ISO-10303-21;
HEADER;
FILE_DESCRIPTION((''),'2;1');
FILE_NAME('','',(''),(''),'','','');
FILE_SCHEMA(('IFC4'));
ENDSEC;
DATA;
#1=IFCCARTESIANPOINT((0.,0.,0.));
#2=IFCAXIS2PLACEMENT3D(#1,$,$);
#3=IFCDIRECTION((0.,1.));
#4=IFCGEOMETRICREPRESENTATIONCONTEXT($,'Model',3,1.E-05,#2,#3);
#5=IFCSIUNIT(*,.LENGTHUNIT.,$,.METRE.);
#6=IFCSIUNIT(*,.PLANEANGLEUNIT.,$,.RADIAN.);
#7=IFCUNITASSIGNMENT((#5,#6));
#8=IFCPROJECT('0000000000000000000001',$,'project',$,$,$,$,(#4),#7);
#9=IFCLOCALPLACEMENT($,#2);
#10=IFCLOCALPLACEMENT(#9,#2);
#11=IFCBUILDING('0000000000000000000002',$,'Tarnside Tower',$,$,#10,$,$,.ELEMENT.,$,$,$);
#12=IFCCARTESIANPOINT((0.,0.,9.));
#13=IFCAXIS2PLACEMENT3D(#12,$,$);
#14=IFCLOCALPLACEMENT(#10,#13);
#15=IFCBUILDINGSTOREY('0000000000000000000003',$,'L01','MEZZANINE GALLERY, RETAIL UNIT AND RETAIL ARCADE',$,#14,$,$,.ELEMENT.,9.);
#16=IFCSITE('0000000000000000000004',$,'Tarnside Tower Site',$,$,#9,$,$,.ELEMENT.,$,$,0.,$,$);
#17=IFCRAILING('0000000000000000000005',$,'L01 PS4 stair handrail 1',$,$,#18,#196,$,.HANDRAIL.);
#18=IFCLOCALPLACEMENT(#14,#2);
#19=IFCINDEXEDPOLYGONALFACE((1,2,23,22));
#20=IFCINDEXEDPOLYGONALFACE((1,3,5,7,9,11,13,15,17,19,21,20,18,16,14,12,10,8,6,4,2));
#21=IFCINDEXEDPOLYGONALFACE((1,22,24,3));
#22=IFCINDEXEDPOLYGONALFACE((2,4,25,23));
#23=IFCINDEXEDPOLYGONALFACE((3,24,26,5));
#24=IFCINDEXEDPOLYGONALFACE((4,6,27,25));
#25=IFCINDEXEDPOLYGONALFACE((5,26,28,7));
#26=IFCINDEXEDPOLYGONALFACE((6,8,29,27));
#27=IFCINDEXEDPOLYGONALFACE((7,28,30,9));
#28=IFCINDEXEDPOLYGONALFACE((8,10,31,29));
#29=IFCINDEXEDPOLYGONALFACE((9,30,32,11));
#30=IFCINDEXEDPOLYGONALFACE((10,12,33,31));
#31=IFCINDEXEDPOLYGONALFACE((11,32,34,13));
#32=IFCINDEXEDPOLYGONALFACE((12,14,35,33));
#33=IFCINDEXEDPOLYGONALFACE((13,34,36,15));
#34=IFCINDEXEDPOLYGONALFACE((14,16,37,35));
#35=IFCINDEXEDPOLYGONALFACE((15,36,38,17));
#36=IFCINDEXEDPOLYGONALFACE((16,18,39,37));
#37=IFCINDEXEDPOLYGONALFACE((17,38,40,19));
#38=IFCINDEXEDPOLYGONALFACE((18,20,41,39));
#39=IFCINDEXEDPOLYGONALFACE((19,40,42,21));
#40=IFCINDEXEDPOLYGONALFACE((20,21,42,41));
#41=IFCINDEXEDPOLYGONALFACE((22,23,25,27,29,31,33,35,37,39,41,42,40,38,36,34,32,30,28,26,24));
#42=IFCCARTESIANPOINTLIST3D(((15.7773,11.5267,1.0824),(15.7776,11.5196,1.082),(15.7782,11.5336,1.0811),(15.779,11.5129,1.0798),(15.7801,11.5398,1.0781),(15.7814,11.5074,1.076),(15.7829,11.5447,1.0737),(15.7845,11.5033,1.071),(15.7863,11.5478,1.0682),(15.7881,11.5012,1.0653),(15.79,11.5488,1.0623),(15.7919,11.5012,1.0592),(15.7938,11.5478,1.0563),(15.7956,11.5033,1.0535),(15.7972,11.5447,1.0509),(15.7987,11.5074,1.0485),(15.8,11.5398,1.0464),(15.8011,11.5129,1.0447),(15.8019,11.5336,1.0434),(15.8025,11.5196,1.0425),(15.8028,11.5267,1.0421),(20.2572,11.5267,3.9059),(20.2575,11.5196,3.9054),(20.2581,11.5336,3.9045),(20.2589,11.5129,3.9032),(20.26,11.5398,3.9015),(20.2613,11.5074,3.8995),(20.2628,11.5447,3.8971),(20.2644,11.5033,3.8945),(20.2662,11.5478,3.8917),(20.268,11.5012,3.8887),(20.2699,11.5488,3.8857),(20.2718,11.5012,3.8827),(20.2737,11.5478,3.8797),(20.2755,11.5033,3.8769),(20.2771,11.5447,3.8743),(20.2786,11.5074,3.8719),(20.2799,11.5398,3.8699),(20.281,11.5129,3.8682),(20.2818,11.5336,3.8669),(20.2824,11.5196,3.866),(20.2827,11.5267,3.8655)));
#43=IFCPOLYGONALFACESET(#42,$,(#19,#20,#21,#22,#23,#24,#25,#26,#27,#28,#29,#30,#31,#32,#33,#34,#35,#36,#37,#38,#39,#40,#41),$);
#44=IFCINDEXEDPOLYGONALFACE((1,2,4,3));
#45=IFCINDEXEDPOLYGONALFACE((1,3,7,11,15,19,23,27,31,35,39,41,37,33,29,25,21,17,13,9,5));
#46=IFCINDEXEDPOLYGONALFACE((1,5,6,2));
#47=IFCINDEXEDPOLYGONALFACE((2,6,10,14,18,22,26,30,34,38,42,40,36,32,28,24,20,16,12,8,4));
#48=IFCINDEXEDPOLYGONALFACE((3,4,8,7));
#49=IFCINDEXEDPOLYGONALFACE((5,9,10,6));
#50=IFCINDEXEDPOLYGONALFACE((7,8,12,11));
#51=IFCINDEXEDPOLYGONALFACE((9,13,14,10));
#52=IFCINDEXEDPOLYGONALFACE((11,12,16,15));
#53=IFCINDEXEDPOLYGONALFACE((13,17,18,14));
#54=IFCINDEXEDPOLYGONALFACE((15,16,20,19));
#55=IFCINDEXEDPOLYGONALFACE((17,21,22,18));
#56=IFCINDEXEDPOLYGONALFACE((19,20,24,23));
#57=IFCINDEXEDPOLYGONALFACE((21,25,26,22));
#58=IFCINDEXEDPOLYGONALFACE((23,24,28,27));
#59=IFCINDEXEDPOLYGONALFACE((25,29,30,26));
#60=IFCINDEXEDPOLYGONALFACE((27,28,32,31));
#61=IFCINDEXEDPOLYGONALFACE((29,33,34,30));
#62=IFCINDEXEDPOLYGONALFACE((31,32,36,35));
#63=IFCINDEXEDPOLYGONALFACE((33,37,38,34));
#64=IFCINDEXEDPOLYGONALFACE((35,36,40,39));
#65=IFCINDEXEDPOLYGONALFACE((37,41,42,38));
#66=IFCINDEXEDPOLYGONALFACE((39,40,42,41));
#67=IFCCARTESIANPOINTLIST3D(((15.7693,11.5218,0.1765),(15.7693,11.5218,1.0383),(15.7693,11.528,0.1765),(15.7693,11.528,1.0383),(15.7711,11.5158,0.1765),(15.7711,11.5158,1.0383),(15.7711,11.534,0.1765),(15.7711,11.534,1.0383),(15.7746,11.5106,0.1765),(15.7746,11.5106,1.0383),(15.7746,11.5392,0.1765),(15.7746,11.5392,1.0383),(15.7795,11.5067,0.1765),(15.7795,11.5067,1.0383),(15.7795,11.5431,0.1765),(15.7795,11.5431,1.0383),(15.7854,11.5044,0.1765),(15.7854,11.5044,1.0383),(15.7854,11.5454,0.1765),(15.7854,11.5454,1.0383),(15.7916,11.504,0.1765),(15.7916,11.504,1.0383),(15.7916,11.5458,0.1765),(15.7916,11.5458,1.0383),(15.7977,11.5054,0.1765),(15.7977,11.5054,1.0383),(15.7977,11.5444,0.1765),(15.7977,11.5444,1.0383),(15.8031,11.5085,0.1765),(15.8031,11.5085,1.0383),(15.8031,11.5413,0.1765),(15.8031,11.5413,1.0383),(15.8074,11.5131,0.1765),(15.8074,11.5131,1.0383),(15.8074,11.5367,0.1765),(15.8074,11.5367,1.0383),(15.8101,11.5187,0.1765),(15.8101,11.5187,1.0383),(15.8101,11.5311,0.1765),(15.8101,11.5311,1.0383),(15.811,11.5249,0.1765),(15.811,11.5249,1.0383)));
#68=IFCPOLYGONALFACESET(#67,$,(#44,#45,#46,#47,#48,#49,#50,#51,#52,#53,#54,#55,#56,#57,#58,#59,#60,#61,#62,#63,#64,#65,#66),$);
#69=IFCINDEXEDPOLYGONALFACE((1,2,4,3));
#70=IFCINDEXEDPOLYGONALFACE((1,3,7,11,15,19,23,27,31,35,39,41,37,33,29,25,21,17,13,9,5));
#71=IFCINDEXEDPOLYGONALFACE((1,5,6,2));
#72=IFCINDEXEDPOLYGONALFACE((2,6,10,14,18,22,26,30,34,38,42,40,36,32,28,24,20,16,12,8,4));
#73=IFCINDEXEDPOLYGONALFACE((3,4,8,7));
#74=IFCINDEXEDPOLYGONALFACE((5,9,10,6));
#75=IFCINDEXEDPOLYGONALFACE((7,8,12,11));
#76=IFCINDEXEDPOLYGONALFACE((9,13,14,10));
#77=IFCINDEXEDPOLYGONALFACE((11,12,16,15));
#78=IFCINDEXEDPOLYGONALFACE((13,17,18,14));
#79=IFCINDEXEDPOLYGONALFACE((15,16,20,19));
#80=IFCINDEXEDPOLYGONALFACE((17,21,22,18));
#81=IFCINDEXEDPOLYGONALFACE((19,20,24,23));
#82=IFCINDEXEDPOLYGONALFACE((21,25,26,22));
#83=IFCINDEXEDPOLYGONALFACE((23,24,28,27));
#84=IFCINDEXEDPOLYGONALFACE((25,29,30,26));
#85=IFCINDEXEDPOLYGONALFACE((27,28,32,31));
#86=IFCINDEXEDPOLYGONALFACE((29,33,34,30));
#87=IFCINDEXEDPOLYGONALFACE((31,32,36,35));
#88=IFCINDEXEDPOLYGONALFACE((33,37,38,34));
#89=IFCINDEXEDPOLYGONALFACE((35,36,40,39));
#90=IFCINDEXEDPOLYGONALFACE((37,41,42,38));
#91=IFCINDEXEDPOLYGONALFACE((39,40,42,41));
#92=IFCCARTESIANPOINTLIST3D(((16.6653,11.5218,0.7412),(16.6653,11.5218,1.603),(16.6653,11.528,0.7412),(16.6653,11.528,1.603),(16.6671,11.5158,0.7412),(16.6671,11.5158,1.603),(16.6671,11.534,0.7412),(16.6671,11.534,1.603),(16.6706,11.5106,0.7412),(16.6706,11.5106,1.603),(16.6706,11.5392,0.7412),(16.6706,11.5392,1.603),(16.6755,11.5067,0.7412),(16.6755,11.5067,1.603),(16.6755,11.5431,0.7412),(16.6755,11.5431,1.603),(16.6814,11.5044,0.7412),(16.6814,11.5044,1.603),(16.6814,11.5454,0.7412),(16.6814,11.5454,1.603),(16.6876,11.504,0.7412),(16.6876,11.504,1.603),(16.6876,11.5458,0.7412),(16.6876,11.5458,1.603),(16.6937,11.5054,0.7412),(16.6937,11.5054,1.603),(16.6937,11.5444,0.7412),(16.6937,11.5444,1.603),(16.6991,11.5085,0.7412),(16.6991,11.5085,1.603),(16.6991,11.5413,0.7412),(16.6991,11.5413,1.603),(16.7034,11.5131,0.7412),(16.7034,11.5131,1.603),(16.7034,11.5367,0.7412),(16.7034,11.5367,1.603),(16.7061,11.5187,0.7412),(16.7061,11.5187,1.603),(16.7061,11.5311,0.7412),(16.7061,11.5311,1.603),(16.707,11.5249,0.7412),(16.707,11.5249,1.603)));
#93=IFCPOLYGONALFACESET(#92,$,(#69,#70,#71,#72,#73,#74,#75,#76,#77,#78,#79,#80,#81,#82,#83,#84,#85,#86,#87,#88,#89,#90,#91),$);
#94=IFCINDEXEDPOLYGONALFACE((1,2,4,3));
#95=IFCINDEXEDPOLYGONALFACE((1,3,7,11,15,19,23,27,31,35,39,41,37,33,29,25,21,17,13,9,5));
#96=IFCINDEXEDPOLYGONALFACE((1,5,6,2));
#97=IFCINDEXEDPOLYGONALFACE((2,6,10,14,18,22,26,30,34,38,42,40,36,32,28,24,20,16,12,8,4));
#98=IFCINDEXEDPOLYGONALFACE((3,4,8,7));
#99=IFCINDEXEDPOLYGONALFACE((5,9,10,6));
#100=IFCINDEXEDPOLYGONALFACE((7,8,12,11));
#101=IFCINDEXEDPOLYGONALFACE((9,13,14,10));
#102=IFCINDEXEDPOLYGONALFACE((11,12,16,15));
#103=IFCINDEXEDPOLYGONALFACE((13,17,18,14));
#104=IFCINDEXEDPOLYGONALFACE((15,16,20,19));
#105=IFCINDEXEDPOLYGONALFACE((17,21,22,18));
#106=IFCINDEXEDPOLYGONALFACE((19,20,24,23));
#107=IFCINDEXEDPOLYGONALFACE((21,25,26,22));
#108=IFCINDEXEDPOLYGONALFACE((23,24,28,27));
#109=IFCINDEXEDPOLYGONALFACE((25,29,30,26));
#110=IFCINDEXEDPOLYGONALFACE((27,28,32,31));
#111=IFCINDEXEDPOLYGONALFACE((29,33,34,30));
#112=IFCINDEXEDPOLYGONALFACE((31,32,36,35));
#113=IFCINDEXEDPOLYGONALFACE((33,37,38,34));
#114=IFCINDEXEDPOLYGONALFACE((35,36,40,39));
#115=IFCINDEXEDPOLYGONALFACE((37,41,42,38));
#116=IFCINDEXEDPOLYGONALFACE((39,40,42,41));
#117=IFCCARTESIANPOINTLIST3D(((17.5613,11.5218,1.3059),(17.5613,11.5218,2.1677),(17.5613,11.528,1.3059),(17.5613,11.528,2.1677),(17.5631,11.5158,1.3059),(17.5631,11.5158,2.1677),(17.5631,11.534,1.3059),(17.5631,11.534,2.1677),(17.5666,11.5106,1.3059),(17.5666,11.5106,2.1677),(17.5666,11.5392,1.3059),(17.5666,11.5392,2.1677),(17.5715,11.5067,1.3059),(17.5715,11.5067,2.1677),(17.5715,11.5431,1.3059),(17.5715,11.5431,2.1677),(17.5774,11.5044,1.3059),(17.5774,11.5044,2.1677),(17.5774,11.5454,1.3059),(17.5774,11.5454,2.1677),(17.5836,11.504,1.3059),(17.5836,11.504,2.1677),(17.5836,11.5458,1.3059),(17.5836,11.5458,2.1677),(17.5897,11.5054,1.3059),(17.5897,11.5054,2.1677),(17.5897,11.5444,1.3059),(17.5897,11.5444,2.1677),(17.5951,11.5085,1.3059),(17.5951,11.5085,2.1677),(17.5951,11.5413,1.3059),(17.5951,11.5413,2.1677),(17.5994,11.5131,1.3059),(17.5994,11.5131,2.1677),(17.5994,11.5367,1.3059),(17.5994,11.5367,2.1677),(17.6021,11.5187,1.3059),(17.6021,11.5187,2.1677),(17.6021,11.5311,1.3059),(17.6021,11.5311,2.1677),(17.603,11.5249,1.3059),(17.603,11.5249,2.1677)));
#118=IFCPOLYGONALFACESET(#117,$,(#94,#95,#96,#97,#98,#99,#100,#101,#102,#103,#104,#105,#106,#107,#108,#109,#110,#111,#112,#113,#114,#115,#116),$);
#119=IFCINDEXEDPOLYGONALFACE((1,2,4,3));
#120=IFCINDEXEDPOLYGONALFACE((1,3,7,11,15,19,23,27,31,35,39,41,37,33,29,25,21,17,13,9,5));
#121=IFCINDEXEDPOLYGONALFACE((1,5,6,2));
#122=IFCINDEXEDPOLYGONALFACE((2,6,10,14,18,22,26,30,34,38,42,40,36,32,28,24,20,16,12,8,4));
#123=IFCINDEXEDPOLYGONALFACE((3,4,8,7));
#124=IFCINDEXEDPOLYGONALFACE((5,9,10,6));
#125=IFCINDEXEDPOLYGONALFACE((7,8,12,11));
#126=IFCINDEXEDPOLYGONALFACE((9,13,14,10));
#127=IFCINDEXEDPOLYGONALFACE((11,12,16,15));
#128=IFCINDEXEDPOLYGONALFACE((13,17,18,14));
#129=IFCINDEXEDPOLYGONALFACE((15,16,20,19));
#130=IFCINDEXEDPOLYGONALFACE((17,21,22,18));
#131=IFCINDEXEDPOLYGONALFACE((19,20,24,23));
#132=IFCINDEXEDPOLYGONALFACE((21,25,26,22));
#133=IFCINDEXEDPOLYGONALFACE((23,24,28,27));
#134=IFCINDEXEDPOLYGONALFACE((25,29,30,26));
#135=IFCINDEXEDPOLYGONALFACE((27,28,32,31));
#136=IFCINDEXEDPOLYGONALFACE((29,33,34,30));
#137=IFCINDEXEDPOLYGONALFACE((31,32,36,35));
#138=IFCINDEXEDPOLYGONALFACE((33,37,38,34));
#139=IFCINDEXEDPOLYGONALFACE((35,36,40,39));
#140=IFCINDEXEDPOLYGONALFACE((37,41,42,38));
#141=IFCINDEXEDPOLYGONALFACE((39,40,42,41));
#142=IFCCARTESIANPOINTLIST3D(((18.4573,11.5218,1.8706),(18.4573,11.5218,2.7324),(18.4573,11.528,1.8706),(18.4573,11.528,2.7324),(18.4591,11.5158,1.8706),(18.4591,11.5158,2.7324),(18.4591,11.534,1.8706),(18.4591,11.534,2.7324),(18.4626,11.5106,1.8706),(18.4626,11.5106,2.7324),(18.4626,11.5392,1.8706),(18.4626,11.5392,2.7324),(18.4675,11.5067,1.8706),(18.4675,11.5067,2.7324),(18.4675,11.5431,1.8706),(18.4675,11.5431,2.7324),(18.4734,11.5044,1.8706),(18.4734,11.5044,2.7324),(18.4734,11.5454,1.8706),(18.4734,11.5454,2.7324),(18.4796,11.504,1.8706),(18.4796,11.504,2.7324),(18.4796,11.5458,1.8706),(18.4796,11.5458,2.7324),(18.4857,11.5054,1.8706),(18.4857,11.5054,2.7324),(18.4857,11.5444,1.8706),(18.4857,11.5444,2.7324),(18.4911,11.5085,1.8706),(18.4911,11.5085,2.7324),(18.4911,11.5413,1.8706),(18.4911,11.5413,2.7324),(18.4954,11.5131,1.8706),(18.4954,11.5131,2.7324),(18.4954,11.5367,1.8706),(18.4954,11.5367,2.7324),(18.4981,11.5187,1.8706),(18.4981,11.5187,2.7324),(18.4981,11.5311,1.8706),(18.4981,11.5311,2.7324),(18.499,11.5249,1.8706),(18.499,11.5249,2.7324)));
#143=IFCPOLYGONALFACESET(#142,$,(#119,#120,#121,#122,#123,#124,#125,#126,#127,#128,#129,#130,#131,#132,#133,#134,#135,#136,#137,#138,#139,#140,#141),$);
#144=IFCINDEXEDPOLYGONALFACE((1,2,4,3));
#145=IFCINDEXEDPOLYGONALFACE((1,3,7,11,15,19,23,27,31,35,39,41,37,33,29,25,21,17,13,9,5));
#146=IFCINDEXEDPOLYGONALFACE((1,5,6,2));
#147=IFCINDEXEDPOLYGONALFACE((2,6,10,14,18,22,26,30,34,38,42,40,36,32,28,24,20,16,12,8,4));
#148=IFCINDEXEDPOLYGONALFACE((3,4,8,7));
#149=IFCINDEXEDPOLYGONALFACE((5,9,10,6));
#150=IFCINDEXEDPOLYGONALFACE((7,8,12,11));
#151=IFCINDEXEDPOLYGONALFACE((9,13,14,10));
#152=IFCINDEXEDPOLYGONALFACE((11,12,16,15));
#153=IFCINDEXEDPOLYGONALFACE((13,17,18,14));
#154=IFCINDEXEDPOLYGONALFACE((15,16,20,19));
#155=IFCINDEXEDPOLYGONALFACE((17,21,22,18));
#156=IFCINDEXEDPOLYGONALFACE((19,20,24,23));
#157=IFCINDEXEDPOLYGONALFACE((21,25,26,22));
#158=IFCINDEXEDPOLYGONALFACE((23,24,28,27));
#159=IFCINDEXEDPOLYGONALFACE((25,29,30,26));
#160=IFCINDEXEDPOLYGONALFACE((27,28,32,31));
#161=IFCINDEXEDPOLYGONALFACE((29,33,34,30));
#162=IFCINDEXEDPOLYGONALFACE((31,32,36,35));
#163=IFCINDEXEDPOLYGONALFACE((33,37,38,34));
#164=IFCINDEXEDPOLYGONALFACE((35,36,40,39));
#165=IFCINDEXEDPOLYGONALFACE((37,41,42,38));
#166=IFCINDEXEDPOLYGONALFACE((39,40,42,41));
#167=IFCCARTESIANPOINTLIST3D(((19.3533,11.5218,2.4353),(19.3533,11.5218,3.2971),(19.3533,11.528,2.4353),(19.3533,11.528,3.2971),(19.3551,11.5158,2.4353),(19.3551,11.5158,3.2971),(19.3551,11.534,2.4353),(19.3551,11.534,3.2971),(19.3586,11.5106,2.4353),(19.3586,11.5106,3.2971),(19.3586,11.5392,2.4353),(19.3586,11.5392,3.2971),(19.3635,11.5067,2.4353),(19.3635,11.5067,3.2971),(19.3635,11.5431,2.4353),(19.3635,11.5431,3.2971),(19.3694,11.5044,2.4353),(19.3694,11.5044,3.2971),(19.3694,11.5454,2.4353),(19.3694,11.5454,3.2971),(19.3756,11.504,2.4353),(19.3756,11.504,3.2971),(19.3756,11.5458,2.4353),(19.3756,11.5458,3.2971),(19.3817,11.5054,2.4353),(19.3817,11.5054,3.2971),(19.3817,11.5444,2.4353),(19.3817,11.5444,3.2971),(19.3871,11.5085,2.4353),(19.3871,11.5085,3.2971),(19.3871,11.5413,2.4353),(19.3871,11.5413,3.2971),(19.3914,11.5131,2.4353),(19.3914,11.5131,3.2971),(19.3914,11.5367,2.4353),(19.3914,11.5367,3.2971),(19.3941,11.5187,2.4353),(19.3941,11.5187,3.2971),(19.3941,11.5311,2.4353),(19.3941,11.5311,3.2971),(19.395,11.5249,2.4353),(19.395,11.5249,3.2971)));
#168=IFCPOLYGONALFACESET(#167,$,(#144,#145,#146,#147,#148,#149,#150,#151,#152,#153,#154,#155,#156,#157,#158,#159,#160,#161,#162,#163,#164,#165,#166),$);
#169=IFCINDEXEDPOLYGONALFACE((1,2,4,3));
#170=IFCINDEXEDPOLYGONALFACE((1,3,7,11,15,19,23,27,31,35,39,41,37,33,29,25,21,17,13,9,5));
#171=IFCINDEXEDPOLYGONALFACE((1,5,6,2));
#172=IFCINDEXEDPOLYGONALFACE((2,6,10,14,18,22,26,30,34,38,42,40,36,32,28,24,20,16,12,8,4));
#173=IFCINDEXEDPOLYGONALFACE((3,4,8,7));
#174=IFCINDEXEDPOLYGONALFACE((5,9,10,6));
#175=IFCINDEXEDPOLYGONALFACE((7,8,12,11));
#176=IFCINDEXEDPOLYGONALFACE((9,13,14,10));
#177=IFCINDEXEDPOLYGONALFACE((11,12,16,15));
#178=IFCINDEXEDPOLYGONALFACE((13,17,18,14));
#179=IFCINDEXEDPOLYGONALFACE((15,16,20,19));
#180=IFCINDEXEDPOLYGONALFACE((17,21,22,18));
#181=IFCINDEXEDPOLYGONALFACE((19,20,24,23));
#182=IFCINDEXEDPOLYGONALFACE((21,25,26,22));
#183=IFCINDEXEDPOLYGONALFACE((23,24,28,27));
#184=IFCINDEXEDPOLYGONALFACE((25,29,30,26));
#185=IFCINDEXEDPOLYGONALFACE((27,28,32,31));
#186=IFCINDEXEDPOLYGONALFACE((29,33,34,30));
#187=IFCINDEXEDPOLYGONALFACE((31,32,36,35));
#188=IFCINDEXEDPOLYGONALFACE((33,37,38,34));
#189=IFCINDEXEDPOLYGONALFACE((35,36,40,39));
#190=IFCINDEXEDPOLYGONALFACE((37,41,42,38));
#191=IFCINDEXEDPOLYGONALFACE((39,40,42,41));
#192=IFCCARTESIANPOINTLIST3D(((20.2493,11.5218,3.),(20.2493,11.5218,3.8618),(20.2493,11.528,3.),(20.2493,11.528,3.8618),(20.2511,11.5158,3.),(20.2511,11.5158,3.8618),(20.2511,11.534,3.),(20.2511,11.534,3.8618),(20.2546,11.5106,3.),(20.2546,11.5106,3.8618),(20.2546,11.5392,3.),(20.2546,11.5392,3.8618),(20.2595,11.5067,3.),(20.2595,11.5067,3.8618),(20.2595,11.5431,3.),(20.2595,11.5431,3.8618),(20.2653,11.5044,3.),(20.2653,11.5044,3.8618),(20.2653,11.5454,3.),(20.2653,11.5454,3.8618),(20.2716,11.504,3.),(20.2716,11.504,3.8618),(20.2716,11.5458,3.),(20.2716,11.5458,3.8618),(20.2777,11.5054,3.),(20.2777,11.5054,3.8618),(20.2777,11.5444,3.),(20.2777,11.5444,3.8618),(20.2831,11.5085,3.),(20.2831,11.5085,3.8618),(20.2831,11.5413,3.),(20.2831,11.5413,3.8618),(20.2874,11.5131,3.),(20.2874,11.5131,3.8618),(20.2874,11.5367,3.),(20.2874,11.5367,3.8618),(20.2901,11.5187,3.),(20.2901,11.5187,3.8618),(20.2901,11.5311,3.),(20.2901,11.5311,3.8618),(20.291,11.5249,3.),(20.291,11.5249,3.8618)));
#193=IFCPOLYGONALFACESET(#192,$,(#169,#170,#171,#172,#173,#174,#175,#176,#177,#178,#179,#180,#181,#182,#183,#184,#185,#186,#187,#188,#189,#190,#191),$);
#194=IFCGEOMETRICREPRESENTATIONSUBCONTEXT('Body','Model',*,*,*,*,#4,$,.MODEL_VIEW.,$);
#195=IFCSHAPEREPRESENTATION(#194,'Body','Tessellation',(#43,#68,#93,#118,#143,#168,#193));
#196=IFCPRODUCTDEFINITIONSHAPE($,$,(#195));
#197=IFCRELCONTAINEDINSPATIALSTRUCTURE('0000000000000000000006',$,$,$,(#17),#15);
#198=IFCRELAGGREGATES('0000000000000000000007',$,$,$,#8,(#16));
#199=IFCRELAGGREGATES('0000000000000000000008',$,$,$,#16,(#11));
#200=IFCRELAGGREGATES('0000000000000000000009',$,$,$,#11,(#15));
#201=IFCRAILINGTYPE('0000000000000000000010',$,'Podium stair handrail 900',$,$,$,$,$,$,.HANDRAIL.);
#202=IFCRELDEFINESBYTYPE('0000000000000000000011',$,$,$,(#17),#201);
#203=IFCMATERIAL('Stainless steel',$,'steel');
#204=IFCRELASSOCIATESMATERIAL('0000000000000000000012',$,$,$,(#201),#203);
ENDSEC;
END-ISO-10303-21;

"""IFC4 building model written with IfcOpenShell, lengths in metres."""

from ifc_helpers import new_model, si_unit, direction, frame, origin, origin_2d, place, context, subcontext, project, spatial, circle, extrude, material, type_object, element, save


model = new_model("IFC4")

# Units and contexts
model_context = context("Model", 3, precision=1e-05, world=origin(), true_north=direction((0.0, 1.0)))
body_context = subcontext(model_context, "Body", "Model", "MODEL_VIEW")
ifc_project = project(units=[si_unit("LENGTHUNIT", "METRE"), si_unit("PLANEANGLEUNIT", "RADIAN")], contexts=[model_context])

# Site, building, storey
site_placement = place(None, origin())
site = spatial("IfcSite", under=ifc_project, at=site_placement, Name="Tarnside Tower Site", CompositionType="ELEMENT", RefElevation=0.0)
building_placement = place(site_placement, origin())
building = spatial("IfcBuilding", under=site, at=building_placement, Name="Tarnside Tower", CompositionType="ELEMENT")
storey_placement = place(building_placement, frame((0.0, 0.0, 9.0)))
storey = spatial("IfcBuildingStorey", under=building, at=storey_placement, Name="L01", Description="MEZZANINE GALLERY, RETAIL UNIT AND RETAIL ARCADE", CompositionType="ELEMENT", Elevation=9.0)

# Railing
ifc_material_1 = material(Name="Stainless steel", Category="steel")
railing_type_1 = type_object("IfcRailingType", Name="Podium stair handrail 900", PredefinedType="HANDRAIL", material=ifc_material_1)
railing_1_placement = place(storey_placement, frame((15.79, 11.5249, 0.1765)))
element("IfcRailing", 1, at=railing_1_placement, inside=storey, type_object=railing_type_1, Name="L01 PS4 stair handrail 1", PredefinedType="HANDRAIL", context=body_context, shape_type="SweptSolid", body=[
    extrude(circle(Radius=0.0239, at=origin_2d()), frame((0.0, 0.0, 0.8857), z_axis=(0.845998, 0.0, 0.533186), x_axis=(0.0, 1.0, 0.0)), (0.0, 0.0, 1.0), 5.2954),
    extrude(circle(Radius=0.021, at=origin_2d()), origin(), (0.0, 0.0, 1.0), 0.8618),
    extrude(circle(Radius=0.021, at=origin_2d()), frame((0.896, 0.0, 0.5647)), (0.0, 0.0, 1.0), 0.8618),
    extrude(circle(Radius=0.021, at=origin_2d()), frame((1.792, 0.0, 1.1294)), (0.0, 0.0, 1.0), 0.8618),
    extrude(circle(Radius=0.021, at=origin_2d()), frame((2.688, 0.0, 1.6941)), (0.0, 0.0, 1.0), 0.8618),
    extrude(circle(Radius=0.021, at=origin_2d()), frame((3.584, 0.0, 2.2588)), (0.0, 0.0, 1.0), 0.8618),
    extrude(circle(Radius=0.021, at=origin_2d()), frame((4.48, 0.0, 2.8235)), (0.0, 0.0, 1.0), 0.8618),
])

save(model, "model.ifc")
